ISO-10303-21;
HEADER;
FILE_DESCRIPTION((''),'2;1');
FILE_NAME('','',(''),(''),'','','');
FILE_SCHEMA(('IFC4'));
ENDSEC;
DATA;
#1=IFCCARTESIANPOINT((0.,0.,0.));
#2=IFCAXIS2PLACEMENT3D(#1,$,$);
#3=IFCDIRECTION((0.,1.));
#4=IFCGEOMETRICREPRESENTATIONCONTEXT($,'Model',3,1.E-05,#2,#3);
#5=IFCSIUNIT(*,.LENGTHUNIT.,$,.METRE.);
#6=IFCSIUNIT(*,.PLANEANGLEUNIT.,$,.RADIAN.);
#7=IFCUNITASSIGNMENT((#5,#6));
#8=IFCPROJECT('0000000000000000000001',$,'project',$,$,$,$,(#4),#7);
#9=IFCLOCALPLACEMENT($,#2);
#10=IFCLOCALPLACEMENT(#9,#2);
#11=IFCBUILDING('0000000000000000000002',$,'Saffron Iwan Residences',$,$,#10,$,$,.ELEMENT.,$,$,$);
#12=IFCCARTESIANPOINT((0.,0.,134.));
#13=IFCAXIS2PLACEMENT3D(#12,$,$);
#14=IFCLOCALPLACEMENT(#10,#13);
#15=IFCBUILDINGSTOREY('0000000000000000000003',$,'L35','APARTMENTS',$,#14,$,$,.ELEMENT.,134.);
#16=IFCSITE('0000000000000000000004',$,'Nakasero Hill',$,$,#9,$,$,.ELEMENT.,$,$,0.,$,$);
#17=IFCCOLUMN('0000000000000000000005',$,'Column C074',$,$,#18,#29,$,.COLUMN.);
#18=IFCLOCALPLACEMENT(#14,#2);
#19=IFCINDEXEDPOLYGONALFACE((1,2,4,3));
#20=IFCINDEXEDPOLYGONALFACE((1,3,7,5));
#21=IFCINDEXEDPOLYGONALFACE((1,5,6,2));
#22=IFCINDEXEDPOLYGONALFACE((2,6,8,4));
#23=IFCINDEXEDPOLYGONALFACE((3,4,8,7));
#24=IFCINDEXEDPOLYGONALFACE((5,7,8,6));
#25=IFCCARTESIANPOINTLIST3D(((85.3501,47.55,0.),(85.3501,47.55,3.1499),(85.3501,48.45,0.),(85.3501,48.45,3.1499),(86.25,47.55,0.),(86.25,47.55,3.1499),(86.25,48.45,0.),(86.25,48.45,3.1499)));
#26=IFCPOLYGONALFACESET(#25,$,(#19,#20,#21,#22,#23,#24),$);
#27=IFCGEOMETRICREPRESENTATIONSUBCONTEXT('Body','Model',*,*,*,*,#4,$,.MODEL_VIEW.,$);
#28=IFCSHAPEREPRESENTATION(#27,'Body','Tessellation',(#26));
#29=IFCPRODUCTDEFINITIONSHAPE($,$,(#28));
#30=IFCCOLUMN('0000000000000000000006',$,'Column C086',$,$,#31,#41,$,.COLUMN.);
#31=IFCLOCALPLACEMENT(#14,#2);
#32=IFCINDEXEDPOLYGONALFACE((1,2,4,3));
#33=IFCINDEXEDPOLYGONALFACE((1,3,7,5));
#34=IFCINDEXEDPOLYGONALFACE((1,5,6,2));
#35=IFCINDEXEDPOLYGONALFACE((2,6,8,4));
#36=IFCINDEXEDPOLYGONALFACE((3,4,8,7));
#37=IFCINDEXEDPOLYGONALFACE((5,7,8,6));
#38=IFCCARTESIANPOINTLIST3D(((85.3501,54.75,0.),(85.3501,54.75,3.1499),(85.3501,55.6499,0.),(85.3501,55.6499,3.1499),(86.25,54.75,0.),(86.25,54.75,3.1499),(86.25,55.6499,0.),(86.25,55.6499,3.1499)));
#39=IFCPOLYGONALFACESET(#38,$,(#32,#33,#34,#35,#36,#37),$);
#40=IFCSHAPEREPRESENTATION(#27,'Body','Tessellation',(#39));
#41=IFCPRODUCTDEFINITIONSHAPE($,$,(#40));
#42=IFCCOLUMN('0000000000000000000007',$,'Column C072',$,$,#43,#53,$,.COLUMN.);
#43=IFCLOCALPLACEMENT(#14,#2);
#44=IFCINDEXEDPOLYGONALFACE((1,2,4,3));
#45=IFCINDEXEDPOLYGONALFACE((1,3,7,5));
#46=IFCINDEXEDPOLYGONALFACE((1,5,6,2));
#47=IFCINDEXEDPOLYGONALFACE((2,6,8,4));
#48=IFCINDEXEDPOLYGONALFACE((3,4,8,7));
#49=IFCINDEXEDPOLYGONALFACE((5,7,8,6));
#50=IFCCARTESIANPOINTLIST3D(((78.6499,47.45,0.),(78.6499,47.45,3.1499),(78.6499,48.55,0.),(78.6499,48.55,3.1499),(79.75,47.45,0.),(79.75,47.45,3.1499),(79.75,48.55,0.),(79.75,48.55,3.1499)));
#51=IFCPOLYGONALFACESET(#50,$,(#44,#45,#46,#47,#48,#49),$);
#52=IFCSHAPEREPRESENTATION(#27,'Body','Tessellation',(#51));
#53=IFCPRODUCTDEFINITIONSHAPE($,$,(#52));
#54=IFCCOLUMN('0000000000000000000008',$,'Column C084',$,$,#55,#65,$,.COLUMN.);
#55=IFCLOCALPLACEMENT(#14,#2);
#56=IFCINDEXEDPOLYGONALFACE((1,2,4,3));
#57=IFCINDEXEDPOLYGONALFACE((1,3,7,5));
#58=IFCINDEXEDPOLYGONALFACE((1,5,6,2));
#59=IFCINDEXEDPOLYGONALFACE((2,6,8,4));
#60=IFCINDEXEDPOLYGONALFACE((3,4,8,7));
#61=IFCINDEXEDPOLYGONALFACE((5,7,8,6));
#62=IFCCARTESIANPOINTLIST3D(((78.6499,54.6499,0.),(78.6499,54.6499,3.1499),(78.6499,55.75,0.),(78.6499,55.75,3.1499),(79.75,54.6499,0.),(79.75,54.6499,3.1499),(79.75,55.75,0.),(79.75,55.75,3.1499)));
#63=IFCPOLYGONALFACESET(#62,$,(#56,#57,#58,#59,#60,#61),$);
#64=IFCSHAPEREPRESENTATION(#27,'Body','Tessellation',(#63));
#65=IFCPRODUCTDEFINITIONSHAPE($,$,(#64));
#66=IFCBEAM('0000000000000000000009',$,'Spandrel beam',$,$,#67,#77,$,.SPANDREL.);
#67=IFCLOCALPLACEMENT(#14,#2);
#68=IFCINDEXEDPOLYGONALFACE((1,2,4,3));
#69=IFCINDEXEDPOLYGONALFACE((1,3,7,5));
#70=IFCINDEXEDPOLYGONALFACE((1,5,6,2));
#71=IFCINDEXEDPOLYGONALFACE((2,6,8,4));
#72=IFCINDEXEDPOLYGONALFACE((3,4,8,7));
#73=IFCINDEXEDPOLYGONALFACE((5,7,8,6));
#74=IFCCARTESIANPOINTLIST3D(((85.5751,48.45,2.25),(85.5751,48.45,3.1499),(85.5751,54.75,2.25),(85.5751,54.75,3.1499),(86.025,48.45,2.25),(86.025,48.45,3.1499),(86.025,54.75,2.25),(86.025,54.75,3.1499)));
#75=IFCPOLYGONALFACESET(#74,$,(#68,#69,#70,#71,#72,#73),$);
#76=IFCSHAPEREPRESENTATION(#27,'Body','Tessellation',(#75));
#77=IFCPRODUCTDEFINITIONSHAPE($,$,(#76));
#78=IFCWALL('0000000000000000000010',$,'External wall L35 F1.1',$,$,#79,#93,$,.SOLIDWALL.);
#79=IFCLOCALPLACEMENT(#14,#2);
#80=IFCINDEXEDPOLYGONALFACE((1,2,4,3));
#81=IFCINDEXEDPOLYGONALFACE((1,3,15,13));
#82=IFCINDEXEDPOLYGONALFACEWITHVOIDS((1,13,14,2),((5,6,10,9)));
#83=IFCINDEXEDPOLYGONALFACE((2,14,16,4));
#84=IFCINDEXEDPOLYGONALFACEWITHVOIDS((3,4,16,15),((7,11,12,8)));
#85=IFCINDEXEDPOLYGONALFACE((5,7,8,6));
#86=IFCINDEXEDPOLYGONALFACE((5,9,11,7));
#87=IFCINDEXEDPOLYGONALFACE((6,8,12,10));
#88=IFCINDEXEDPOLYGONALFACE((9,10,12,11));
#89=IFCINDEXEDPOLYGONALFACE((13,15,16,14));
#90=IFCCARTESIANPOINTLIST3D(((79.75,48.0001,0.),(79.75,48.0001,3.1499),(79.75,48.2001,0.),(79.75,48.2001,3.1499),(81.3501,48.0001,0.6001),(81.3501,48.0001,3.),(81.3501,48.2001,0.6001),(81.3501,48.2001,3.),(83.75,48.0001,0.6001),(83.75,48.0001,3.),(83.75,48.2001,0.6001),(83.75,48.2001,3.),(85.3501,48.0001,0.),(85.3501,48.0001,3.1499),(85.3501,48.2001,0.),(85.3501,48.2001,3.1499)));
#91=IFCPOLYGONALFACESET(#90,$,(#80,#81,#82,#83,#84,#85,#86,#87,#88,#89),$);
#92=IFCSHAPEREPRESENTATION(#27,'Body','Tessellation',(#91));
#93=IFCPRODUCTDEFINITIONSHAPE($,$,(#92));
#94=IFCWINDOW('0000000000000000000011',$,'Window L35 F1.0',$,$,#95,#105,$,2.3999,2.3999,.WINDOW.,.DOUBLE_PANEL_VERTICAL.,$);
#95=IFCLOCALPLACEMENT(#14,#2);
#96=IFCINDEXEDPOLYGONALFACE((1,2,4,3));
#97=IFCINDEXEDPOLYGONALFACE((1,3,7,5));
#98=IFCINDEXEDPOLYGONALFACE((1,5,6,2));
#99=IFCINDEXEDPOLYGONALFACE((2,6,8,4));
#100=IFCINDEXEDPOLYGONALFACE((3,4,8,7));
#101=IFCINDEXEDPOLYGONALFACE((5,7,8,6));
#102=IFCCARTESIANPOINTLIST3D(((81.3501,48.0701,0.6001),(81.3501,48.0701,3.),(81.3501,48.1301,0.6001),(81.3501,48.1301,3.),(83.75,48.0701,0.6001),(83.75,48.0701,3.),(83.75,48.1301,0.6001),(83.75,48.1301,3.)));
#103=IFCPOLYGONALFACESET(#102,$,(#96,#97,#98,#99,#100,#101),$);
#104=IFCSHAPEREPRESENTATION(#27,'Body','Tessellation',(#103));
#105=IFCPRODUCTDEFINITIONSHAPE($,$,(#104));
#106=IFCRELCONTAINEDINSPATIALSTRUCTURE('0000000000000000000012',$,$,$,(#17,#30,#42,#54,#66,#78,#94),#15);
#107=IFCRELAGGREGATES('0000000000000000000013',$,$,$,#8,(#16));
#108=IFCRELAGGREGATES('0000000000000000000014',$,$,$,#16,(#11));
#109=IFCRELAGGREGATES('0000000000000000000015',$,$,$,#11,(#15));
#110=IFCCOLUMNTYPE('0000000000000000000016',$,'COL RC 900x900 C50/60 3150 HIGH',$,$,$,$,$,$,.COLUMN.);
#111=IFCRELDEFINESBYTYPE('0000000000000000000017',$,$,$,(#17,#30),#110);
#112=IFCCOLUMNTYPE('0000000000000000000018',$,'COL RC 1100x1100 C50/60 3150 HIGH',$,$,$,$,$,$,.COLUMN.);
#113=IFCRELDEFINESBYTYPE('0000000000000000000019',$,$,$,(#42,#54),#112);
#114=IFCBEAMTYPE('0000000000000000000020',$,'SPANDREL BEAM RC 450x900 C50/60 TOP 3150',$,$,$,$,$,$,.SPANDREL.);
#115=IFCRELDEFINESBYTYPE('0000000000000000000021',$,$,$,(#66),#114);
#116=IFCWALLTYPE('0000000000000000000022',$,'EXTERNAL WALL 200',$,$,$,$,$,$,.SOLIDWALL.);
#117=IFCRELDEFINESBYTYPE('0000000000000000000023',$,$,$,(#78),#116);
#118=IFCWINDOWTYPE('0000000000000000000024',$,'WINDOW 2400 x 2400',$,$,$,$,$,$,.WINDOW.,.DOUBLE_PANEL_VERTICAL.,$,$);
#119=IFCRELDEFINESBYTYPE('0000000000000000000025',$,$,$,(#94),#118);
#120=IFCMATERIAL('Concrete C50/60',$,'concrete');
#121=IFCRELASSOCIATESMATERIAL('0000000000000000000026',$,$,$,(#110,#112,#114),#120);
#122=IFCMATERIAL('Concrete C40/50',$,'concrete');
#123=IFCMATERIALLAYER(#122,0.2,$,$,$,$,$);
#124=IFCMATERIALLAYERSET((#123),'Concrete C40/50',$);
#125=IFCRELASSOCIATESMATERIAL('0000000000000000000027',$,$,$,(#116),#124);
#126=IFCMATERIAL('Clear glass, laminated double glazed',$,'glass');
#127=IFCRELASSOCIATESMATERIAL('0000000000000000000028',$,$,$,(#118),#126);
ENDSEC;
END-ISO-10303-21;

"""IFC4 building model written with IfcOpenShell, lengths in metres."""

from ifc_helpers import new_model, si_unit, direction, frame, frame_2d, origin, origin_2d, place, context, subcontext, project, spatial, rectangle, extrude, source, transform, mapped, material, layer, layer_set, material_profile, profile_set, type_object, element, fill, save


model = new_model("IFC4")

# Units and contexts
model_context = context("Model", 3, precision=1e-05, world=origin(), true_north=direction((0.0, 1.0)))
body_context = subcontext(model_context, "Body", "Model", "MODEL_VIEW")
ifc_project = project(units=[si_unit("LENGTHUNIT", "METRE"), si_unit("PLANEANGLEUNIT", "RADIAN")], contexts=[model_context])

# Site, building, storey
site_placement = place(None, origin())
site = spatial("IfcSite", under=ifc_project, at=site_placement, Name="Nakasero Hill", CompositionType="ELEMENT", RefElevation=0.0)
building_placement = place(site_placement, origin())
building = spatial("IfcBuilding", under=site, at=building_placement, Name="Saffron Iwan Residences", CompositionType="ELEMENT")
storey_placement = place(building_placement, frame((0.0, 0.0, 134.0)))
storey = spatial("IfcBuildingStorey", under=building, at=storey_placement, Name="L35", Description="APARTMENTS", CompositionType="ELEMENT", Elevation=134.0)

# Columns
ifc_material_1 = material(Name="Concrete C50/60", Category="concrete")
ifc_material_profile_1 = material_profile(ifc_material_1, rectangle(XDim=0.8999, YDim=0.8999, at=origin_2d()), Name="RC 900x900")
ifc_profile_set_1 = profile_set([ifc_material_profile_1], Name="Concrete C50/60")
column_type_1 = type_object("IfcColumnType", Name="COL RC 900x900 C50/60 3150 HIGH", PredefinedType="COLUMN", material=ifc_profile_set_1)
shared_shape_1 = source(origin(), body_context, "Body", "SweptSolid", [
    extrude(rectangle(XDim=0.8999, YDim=0.8999, at=origin_2d()), origin(), (0.0, 0.0, 1.0), 3.1499),
])
for number, where, z_axis, x_axis, name in (
    (1, (85.8, 48.0, 0.0), (0.0, 0.0, 1.0), (1.0, 0.0, 0.0), "Column C074"),
    (2, (85.8, 55.2, 0.0), (0.0, 0.0, 1.0), (1.0, 0.0, 0.0), "Column C086"),
):
    element("IfcColumn", number, at=place(storey_placement, frame(where, z_axis=z_axis, x_axis=x_axis)), inside=storey, type_object=column_type_1, Name=name, PredefinedType="COLUMN", context=body_context, shape_type="MappedRepresentation", body=[
        mapped(shared_shape_1, transform((0.0, 0.0, 0.0))),
    ])
ifc_material_profile_2 = material_profile(ifc_material_1, rectangle(XDim=1.1001, YDim=1.1001, at=origin_2d()), Name="RC 1100x1100")
ifc_profile_set_2 = profile_set([ifc_material_profile_2], Name="Concrete C50/60")
column_type_2 = type_object("IfcColumnType", Name="COL RC 1100x1100 C50/60 3150 HIGH", PredefinedType="COLUMN", material=ifc_profile_set_2)
shared_shape_2 = source(origin(), body_context, "Body", "SweptSolid", [
    extrude(rectangle(XDim=1.1001, YDim=1.1001, at=origin_2d()), origin(), (0.0, 0.0, 1.0), 3.1499),
])
for number, where, z_axis, x_axis, name in (
    (3, (79.2, 48.0, 0.0), (0.0, 0.0, 1.0), (1.0, 0.0, 0.0), "Column C072"),
    (4, (79.2, 55.2, 0.0), (0.0, 0.0, 1.0), (1.0, 0.0, 0.0), "Column C084"),
):
    element("IfcColumn", number, at=place(storey_placement, frame(where, z_axis=z_axis, x_axis=x_axis)), inside=storey, type_object=column_type_2, Name=name, PredefinedType="COLUMN", context=body_context, shape_type="MappedRepresentation", body=[
        mapped(shared_shape_2, transform((0.0, 0.0, 0.0))),
    ])

# Beam
ifc_material_profile_3 = material_profile(ifc_material_1, rectangle(XDim=0.45, YDim=0.8999, at=origin_2d()), Name="RC 450x900")
ifc_profile_set_3 = profile_set([ifc_material_profile_3], Name="Concrete C50/60")
beam_type = type_object("IfcBeamType", Name="SPANDREL BEAM RC 450x900 C50/60 TOP 3150", PredefinedType="SPANDREL", material=ifc_profile_set_3)
shared_shape_3 = source(origin(), body_context, "Body", "SweptSolid", [
    extrude(rectangle(XDim=0.45, YDim=0.8999, at=origin_2d()), origin(), (0.0, 0.0, 1.0), 6.3),
])
beam_placement = place(storey_placement, frame((85.8, 54.75, 2.7), z_axis=(0.0, -1.0, 0.0), x_axis=(1.0, 0.0, 0.0)))
element("IfcBeam", 5, at=beam_placement, inside=storey, type_object=beam_type, Name="Spandrel beam", PredefinedType="SPANDREL", context=body_context, shape_type="MappedRepresentation", body=[
    mapped(shared_shape_3, transform((0.0, 0.0, 0.0))),
])

# Wall, opening, window
ifc_material_2 = material(Name="Concrete C40/50", Category="concrete")
ifc_layer_1 = layer(ifc_material_2, 0.2)
ifc_layer_set_1 = layer_set([ifc_layer_1], Name="Concrete C40/50")
wall_type_1 = type_object("IfcWallType", Name="EXTERNAL WALL 200", PredefinedType="SOLIDWALL", material=ifc_layer_set_1)
wall_1_placement = place(storey_placement, frame((79.75, 48.1001, 0.0), z_axis=(0.0, 0.0, 1.0), x_axis=(1.0, 0.0, 0.0)))
wall_1 = element("IfcWall", 6, at=wall_1_placement, inside=storey, type_object=wall_type_1, Name="External wall L35 F1.1", PredefinedType="SOLIDWALL", context=body_context, shape_type="SweptSolid", body=[
    extrude(rectangle(XDim=5.6001, YDim=0.2, at=frame_2d((2.8, 0.0))), origin(), (0.0, 0.0, 1.0), 3.1499),
])
opening_1_placement = place(wall_1_placement, frame((1.6001, 0.0, 0.6001)))
opening_1 = element("IfcOpeningElement", 7, at=opening_1_placement, cuts=wall_1, PredefinedType="OPENING", context=body_context, shape_type="SweptSolid", body=[
    extrude(rectangle(XDim=2.3999, YDim=2.3999, at=frame_2d((1.2, 1.2))), frame((0.0, 0.1099, 0.0), z_axis=(0.0, -1.0, 0.0), x_axis=(1.0, 0.0, 0.0)), (0.0, 0.0, 1.0), 0.22),
])
ifc_material_3 = material(Name="Clear glass, laminated double glazed", Category="glass")
window_type = type_object("IfcWindowType", Name="WINDOW 2400 x 2400", PartitioningType="DOUBLE_PANEL_VERTICAL", PredefinedType="WINDOW", material=ifc_material_3)
window_1_placement = place(opening_1_placement, origin())
window_1 = element("IfcWindow", 8, at=window_1_placement, inside=storey, type_object=window_type, Name="Window L35 F1.0", OverallHeight=2.3999, OverallWidth=2.3999, PartitioningType="DOUBLE_PANEL_VERTICAL", PredefinedType="WINDOW", context=body_context, shape_type="SweptSolid", body=[
    extrude(rectangle(XDim=2.3999, YDim=2.3999, at=frame_2d((1.2, 1.2))), frame((0.0, 0.03, 0.0), z_axis=(0.0, -1.0, 0.0), x_axis=(1.0, 0.0, 0.0)), (0.0, 0.0, 1.0), 0.0601),
])
fill(opening_1, window_1)

save(model, "model.ifc")
